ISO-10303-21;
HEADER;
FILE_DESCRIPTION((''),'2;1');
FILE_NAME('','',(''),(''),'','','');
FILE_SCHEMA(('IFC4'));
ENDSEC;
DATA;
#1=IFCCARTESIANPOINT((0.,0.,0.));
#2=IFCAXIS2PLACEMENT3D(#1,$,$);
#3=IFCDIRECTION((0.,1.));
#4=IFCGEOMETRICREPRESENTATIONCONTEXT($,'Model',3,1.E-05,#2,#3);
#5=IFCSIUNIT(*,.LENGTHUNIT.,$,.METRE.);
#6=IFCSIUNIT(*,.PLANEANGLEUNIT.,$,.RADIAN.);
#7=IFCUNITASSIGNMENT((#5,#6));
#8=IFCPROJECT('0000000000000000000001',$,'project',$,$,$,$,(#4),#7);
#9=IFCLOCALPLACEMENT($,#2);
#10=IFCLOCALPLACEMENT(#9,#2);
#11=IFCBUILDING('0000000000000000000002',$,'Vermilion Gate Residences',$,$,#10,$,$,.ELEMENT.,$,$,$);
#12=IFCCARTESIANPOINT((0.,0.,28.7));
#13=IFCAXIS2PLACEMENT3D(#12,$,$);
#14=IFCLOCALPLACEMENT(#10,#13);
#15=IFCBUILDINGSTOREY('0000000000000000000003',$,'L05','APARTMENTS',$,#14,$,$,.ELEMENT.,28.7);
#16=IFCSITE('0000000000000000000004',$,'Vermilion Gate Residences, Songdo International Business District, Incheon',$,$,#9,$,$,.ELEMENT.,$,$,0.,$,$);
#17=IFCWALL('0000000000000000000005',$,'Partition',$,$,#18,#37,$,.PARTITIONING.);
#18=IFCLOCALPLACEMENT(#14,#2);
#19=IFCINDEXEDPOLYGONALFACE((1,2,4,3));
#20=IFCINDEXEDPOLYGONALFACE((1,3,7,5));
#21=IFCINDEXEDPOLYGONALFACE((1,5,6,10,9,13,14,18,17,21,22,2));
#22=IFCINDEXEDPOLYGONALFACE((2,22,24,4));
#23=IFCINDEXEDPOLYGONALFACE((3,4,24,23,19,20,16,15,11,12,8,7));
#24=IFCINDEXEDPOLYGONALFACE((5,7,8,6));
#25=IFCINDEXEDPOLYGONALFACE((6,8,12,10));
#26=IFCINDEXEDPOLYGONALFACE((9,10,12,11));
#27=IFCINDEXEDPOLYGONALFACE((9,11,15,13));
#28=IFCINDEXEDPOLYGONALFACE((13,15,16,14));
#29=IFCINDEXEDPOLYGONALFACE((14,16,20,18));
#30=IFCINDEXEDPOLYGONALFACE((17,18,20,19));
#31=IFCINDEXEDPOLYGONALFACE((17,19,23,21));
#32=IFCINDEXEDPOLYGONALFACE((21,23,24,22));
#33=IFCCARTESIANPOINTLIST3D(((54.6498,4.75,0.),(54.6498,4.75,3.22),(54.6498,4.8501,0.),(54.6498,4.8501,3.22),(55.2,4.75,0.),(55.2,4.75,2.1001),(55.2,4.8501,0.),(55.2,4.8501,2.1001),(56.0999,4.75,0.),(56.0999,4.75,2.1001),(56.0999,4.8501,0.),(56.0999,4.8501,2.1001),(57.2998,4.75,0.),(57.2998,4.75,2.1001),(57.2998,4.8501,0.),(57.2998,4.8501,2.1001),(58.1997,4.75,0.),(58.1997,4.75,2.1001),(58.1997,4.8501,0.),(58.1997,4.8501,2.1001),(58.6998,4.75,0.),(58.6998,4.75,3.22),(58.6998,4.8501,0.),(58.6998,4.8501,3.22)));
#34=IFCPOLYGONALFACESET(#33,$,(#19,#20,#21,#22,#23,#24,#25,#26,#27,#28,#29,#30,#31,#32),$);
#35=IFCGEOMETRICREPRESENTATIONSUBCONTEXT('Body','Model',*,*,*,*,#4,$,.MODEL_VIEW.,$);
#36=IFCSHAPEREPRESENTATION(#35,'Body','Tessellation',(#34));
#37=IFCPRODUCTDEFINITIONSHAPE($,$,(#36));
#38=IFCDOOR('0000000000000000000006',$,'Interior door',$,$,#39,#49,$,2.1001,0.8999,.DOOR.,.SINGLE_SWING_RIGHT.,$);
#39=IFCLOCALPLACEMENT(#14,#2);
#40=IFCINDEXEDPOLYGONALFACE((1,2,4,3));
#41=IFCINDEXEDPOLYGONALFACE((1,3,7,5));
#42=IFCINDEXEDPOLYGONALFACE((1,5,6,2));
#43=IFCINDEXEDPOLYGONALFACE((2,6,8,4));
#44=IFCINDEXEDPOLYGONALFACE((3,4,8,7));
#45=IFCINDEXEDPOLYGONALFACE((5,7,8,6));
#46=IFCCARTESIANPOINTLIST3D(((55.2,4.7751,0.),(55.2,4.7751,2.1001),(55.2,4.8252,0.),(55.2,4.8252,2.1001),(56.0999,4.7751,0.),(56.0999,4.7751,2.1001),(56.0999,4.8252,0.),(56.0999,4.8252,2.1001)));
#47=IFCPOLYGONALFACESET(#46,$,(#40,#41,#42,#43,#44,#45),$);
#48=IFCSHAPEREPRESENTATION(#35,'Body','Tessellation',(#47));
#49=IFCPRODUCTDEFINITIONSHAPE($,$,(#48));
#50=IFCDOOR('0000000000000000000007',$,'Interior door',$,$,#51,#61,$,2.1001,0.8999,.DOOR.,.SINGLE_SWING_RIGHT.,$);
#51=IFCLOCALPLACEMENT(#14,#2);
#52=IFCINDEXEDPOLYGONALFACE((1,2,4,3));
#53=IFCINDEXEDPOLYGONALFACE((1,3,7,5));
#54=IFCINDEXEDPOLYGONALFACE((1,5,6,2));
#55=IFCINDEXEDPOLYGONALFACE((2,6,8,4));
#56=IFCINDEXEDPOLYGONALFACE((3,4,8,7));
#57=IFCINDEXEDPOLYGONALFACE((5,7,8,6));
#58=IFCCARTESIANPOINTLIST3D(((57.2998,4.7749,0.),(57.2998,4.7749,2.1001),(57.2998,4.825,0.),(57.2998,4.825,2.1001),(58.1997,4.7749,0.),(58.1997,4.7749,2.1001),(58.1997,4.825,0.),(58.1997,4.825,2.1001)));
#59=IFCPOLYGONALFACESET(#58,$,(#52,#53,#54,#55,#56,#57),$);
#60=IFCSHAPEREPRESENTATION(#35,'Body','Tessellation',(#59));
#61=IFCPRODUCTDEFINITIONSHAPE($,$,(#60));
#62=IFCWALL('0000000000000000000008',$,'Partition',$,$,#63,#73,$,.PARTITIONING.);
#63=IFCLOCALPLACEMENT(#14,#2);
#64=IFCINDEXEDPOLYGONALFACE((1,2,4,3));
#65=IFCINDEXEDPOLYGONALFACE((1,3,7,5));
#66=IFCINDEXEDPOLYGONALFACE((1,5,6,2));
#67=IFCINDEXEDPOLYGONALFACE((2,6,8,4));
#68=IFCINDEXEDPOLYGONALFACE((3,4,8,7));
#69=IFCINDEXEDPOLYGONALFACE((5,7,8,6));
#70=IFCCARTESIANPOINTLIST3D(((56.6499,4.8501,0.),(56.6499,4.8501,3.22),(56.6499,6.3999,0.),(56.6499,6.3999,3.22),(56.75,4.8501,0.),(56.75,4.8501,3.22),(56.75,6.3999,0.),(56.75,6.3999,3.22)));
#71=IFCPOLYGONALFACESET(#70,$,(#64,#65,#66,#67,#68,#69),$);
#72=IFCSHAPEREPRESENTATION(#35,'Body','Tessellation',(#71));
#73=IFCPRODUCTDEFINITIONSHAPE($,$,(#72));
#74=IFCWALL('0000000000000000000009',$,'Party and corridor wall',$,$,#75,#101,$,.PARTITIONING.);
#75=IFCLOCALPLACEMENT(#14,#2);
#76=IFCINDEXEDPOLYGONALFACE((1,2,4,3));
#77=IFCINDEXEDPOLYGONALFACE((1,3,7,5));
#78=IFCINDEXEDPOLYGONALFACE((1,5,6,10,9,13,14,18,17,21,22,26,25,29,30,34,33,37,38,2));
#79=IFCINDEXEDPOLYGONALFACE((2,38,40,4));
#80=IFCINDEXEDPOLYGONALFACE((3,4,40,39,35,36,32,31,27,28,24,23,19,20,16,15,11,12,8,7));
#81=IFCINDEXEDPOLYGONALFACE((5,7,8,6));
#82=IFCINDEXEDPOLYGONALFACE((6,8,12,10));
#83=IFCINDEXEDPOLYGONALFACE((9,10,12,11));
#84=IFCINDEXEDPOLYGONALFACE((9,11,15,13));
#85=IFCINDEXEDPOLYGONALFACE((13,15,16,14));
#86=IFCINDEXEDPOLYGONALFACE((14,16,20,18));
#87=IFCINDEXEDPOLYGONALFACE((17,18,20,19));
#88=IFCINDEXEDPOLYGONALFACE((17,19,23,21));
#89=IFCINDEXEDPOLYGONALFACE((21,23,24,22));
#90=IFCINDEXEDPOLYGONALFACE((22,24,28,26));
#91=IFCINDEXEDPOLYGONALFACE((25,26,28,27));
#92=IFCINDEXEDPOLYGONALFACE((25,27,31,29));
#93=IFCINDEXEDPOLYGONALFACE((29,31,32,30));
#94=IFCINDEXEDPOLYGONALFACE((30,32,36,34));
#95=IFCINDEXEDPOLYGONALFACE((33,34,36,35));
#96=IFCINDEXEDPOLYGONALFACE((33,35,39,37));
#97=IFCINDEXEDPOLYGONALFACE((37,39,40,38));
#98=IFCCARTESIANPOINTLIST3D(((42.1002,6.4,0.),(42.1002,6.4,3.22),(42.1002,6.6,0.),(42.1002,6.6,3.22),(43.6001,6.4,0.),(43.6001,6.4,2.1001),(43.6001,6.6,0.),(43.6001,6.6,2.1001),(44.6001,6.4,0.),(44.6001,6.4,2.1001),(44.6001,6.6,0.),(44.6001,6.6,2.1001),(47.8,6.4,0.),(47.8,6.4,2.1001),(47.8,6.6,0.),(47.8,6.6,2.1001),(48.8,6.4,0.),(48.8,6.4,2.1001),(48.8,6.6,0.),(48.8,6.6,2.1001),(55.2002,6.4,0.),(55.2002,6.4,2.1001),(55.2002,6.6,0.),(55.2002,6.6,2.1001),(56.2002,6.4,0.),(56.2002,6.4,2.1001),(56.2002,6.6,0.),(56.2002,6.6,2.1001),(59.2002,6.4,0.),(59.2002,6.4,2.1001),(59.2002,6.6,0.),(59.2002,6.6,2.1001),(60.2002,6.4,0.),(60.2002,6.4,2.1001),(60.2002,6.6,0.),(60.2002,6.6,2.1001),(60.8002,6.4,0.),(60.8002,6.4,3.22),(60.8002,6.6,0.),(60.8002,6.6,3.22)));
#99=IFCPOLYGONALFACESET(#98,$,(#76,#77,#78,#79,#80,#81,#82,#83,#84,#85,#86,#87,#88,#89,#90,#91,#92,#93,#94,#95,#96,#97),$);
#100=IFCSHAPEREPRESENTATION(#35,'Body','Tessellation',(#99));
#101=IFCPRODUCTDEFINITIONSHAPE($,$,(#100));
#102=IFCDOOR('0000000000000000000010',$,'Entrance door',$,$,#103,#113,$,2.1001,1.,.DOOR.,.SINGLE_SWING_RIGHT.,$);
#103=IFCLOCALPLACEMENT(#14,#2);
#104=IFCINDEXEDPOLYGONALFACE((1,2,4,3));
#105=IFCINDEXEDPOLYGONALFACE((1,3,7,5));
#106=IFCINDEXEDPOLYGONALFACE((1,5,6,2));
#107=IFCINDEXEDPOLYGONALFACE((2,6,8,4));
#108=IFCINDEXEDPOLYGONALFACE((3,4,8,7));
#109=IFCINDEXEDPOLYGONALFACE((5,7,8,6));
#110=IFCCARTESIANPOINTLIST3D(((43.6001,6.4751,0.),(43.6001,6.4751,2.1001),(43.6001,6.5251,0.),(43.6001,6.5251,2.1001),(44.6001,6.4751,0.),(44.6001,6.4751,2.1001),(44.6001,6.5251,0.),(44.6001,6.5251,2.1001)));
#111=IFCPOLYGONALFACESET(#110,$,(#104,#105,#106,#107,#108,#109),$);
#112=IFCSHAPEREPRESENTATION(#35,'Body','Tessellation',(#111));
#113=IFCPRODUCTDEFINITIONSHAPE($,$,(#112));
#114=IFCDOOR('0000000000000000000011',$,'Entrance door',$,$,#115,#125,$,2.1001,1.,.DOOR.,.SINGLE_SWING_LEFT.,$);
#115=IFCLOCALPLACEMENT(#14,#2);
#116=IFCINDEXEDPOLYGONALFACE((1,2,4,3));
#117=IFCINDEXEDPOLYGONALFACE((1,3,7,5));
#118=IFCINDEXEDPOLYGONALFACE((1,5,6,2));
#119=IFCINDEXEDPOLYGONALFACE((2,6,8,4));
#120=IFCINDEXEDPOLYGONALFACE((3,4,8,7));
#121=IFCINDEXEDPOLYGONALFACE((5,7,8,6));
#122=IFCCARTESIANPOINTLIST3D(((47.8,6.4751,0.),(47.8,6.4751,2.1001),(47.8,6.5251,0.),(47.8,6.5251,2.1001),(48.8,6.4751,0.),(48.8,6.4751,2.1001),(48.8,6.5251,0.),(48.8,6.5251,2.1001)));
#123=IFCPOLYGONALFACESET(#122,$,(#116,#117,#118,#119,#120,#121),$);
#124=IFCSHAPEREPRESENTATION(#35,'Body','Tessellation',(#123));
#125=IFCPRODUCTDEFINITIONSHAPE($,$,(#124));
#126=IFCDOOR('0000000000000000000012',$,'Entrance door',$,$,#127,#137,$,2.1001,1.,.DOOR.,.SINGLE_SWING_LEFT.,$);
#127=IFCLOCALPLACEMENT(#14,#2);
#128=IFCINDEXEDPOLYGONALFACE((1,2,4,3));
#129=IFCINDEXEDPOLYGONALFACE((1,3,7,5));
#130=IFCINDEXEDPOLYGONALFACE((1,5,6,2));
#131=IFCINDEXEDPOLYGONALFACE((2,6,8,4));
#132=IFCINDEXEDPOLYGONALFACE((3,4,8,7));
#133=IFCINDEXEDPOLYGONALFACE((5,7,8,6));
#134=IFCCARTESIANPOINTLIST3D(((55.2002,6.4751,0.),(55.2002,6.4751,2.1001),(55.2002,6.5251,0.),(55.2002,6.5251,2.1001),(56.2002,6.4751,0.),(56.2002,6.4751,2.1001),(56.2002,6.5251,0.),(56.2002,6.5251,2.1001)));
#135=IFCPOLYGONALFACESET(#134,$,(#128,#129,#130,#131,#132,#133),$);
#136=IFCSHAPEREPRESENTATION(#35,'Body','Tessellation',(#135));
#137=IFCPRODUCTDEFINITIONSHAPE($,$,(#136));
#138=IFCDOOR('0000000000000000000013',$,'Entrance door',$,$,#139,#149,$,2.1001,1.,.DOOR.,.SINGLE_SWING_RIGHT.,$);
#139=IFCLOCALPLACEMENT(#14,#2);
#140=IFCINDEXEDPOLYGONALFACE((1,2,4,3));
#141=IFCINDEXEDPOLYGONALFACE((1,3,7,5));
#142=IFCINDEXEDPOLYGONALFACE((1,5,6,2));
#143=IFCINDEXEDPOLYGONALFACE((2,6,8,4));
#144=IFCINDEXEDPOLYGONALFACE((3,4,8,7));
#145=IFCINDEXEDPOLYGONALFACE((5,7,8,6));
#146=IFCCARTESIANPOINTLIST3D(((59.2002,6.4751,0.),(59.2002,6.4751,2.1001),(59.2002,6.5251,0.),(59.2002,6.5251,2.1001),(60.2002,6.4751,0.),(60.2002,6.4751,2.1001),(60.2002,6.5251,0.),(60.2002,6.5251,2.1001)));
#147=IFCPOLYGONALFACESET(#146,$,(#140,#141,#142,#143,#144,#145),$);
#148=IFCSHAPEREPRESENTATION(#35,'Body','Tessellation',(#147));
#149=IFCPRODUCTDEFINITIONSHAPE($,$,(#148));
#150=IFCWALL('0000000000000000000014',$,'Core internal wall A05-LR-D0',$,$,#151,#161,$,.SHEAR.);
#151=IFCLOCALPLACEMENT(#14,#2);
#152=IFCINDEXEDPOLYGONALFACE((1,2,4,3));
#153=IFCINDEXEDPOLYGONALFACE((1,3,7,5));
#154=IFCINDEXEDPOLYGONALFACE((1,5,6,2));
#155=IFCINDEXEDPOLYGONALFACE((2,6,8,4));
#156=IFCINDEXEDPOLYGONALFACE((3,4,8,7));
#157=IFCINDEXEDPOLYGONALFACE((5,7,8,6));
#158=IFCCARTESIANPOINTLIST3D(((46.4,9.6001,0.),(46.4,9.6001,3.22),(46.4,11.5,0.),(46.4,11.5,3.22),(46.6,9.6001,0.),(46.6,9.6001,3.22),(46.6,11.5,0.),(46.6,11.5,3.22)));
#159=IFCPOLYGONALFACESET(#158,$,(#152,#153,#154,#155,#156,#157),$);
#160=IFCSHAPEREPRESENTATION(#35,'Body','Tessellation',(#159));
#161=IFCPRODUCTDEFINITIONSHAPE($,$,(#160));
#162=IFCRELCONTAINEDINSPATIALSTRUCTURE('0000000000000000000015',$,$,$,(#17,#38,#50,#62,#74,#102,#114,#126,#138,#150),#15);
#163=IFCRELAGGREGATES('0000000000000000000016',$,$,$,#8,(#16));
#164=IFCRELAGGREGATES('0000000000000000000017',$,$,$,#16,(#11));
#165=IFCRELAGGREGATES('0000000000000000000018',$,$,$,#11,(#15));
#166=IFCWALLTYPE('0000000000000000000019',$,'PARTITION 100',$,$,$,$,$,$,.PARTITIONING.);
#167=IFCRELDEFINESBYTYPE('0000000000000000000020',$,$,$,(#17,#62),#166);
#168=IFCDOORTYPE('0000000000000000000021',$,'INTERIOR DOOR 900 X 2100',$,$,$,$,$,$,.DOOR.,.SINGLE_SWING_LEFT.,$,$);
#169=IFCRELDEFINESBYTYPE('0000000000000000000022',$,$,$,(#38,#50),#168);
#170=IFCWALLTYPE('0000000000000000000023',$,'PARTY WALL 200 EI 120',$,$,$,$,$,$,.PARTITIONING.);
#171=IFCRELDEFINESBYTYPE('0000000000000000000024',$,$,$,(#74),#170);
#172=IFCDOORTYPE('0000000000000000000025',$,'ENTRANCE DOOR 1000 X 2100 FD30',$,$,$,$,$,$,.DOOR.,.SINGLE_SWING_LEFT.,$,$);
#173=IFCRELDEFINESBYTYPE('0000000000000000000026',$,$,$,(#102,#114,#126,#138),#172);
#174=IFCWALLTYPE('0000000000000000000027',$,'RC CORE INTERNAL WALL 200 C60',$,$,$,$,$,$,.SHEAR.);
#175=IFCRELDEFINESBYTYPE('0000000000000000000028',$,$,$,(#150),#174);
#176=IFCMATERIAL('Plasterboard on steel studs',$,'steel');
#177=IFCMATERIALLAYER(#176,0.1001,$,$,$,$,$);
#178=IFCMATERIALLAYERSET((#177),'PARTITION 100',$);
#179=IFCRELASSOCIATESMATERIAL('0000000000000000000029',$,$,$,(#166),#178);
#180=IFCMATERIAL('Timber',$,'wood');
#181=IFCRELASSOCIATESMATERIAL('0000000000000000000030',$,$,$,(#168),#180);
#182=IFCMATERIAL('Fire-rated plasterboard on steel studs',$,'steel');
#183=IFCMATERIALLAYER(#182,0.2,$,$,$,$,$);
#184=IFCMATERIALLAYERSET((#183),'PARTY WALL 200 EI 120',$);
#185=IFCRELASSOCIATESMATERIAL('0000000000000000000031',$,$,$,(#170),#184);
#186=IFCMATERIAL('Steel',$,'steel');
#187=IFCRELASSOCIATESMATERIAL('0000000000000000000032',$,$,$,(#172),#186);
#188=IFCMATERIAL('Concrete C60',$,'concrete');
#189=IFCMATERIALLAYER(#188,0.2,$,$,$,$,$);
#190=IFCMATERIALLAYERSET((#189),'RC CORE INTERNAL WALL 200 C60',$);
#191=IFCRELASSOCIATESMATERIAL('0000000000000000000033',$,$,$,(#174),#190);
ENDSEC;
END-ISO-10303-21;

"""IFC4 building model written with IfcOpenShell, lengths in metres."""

from ifc_helpers import new_model, si_unit, direction, frame, frame_2d, origin, place, context, subcontext, project, spatial, rectangle, extrude, material, layer, layer_set, type_object, element, fill, save


model = new_model("IFC4")

# Units and contexts
model_context = context("Model", 3, precision=1e-05, world=origin(), true_north=direction((0.0, 1.0)))
body_context = subcontext(model_context, "Body", "Model", "MODEL_VIEW")
ifc_project = project(units=[si_unit("LENGTHUNIT", "METRE"), si_unit("PLANEANGLEUNIT", "RADIAN")], contexts=[model_context])

# Site, building, storey
site_placement = place(None, origin())
site = spatial("IfcSite", under=ifc_project, at=site_placement, Name="Vermilion Gate Residences, Songdo International Business District, Incheon", CompositionType="ELEMENT", RefElevation=0.0)
building_placement = place(site_placement, origin())
building = spatial("IfcBuilding", under=site, at=building_placement, Name="Vermilion Gate Residences", CompositionType="ELEMENT")
storey_placement = place(building_placement, frame((0.0, 0.0, 28.7)))
storey = spatial("IfcBuildingStorey", under=building, at=storey_placement, Name="L05", Description="APARTMENTS", CompositionType="ELEMENT", Elevation=28.7)

# Wall, openings, doors
ifc_material_1 = material(Name="Plasterboard on steel studs", Category="steel")
ifc_layer_1 = layer(ifc_material_1, 0.1001)
ifc_layer_set_1 = layer_set([ifc_layer_1], Name="PARTITION 100")
wall_type_1 = type_object("IfcWallType", Name="PARTITION 100", PredefinedType="PARTITIONING", material=ifc_layer_set_1)
wall_1_placement = place(storey_placement, frame((54.6499, 4.8, 0.0), z_axis=(0.0, 0.0, 1.0), x_axis=(1.0, 0.0, 0.0)))
wall_1 = element("IfcWall", 1, at=wall_1_placement, inside=storey, type_object=wall_type_1, Name="Partition", PredefinedType="PARTITIONING", context=body_context, shape_type="SweptSolid", body=[
    extrude(rectangle(XDim=4.05, YDim=0.1001, at=frame_2d((2.0249, 0.0))), origin(), (0.0, 0.0, 1.0), 3.22),
])
opening_1_placement = place(wall_1_placement, frame((0.55, 0.0, 0.0)))
opening_1 = element("IfcOpeningElement", 2, at=opening_1_placement, cuts=wall_1, PredefinedType="OPENING", context=body_context, shape_type="SweptSolid", body=[
    extrude(rectangle(XDim=0.8999, YDim=2.1001, at=frame_2d((0.45, 1.05))), frame((0.0, 0.0601, 0.0), z_axis=(0.0, -1.0, 0.0), x_axis=(1.0, 0.0, 0.0)), (0.0, 0.0, 1.0), 0.1201),
])
opening_2_placement = place(wall_1_placement, frame((2.6499, 0.0, 0.0)))
opening_2 = element("IfcOpeningElement", 3, at=opening_2_placement, cuts=wall_1, PredefinedType="OPENING", context=body_context, shape_type="SweptSolid", body=[
    extrude(rectangle(XDim=0.8999, YDim=2.1001, at=frame_2d((0.45, 1.05))), frame((0.0, 0.0601, 0.0), z_axis=(0.0, -1.0, 0.0), x_axis=(1.0, 0.0, 0.0)), (0.0, 0.0, 1.0), 0.1201),
])
ifc_material_2 = material(Name="Timber", Category="wood")
door_type_1 = type_object("IfcDoorType", Name="INTERIOR DOOR 900 X 2100", OperationType="SINGLE_SWING_LEFT", PredefinedType="DOOR", material=ifc_material_2)
door_1_placement = place(opening_1_placement, frame((0.8999, 0.0, 0.0), z_axis=(0.0, 0.0, 1.0), x_axis=(-1.0, 0.0, 0.0)))
door_1 = element("IfcDoor", 4, at=door_1_placement, inside=storey, type_object=door_type_1, Name="Interior door", OperationType="SINGLE_SWING_RIGHT", OverallHeight=2.1001, OverallWidth=0.8999, PredefinedType="DOOR", context=body_context, shape_type="SweptSolid", body=[
    extrude(rectangle(XDim=0.8999, YDim=2.1001, at=frame_2d((0.45, 1.05))), frame((0.0, 0.0249, 0.0), z_axis=(0.0, -1.0, 0.0), x_axis=(1.0, 0.0, 0.0)), (0.0, 0.0, 1.0), 0.05),
])
fill(opening_1, door_1)
door_2_placement = place(opening_2_placement, origin())
door_2 = element("IfcDoor", 5, at=door_2_placement, inside=storey, type_object=door_type_1, Name="Interior door", OperationType="SINGLE_SWING_RIGHT", OverallHeight=2.1001, OverallWidth=0.8999, PredefinedType="DOOR", context=body_context, shape_type="SweptSolid", body=[
    extrude(rectangle(XDim=0.8999, YDim=2.1001, at=frame_2d((0.45, 1.05))), frame((0.0, 0.0249, 0.0), z_axis=(0.0, -1.0, 0.0), x_axis=(1.0, 0.0, 0.0)), (0.0, 0.0, 1.0), 0.05),
])
fill(opening_2, door_2)

# Wall
wall_2_placement = place(storey_placement, frame((56.7, 4.8501, 0.0), z_axis=(0.0, 0.0, 1.0), x_axis=(0.0, 1.0, 0.0)))
element("IfcWall", 6, at=wall_2_placement, inside=storey, type_object=wall_type_1, Name="Partition", PredefinedType="PARTITIONING", context=body_context, shape_type="SweptSolid", body=[
    extrude(rectangle(XDim=1.5498, YDim=0.1001, at=frame_2d((0.7749, 0.0))), origin(), (0.0, 0.0, 1.0), 3.22),
])

# Wall, openings, doors
ifc_material_3 = material(Name="Fire-rated plasterboard on steel studs", Category="steel")
ifc_layer_2 = layer(ifc_material_3, 0.2)
ifc_layer_set_2 = layer_set([ifc_layer_2], Name="PARTY WALL 200 EI 120")
wall_type_2 = type_object("IfcWallType", Name="PARTY WALL 200 EI 120", PredefinedType="PARTITIONING", material=ifc_layer_set_2)
wall_3_placement = place(storey_placement, frame((42.1001, 6.5, 0.0), z_axis=(0.0, 0.0, 1.0), x_axis=(1.0, 0.0, 0.0)))
wall_3 = element("IfcWall", 7, at=wall_3_placement, inside=storey, type_object=wall_type_2, Name="Party and corridor wall", PredefinedType="PARTITIONING", context=body_context, shape_type="SweptSolid", body=[
    extrude(rectangle(XDim=18.7, YDim=0.2, at=frame_2d((9.3501, 0.0))), origin(), (0.0, 0.0, 1.0), 3.22),
])
opening_3_placement = place(wall_3_placement, frame((1.5, 0.0, 0.0)))
opening_3 = element("IfcOpeningElement", 8, at=opening_3_placement, cuts=wall_3, PredefinedType="OPENING", context=body_context, shape_type="SweptSolid", body=[
    extrude(rectangle(XDim=1.0, YDim=2.1001, at=frame_2d((0.5, 1.05))), frame((0.0, 0.1099, 0.0), z_axis=(0.0, -1.0, 0.0), x_axis=(1.0, 0.0, 0.0)), (0.0, 0.0, 1.0), 0.22),
])
opening_4_placement = place(wall_3_placement, frame((5.7, 0.0, 0.0)))
opening_4 = element("IfcOpeningElement", 9, at=opening_4_placement, cuts=wall_3, PredefinedType="OPENING", context=body_context, shape_type="SweptSolid", body=[
    extrude(rectangle(XDim=1.0, YDim=2.1001, at=frame_2d((0.5, 1.05))), frame((0.0, 0.1099, 0.0), z_axis=(0.0, -1.0, 0.0), x_axis=(1.0, 0.0, 0.0)), (0.0, 0.0, 1.0), 0.22),
])
opening_5_placement = place(wall_3_placement, frame((13.1001, 0.0, 0.0)))
opening_5 = element("IfcOpeningElement", 10, at=opening_5_placement, cuts=wall_3, PredefinedType="OPENING", context=body_context, shape_type="SweptSolid", body=[
    extrude(rectangle(XDim=1.0, YDim=2.1001, at=frame_2d((0.5, 1.05))), frame((0.0, 0.1099, 0.0), z_axis=(0.0, -1.0, 0.0), x_axis=(1.0, 0.0, 0.0)), (0.0, 0.0, 1.0), 0.22),
])
opening_6_placement = place(wall_3_placement, frame((17.1001, 0.0, 0.0)))
opening_6 = element("IfcOpeningElement", 11, at=opening_6_placement, cuts=wall_3, PredefinedType="OPENING", context=body_context, shape_type="SweptSolid", body=[
    extrude(rectangle(XDim=1.0, YDim=2.1001, at=frame_2d((0.5, 1.05))), frame((0.0, 0.1099, 0.0), z_axis=(0.0, -1.0, 0.0), x_axis=(1.0, 0.0, 0.0)), (0.0, 0.0, 1.0), 0.22),
])
ifc_material_4 = material(Name="Steel", Category="steel")
door_type_2 = type_object("IfcDoorType", Name="ENTRANCE DOOR 1000 X 2100 FD30", OperationType="SINGLE_SWING_LEFT", PredefinedType="DOOR", material=ifc_material_4)
door_3_placement = place(opening_3_placement, frame((1.0, 0.0, 0.0), z_axis=(0.0, 0.0, 1.0), x_axis=(-1.0, 0.0, 0.0)))
door_3 = element("IfcDoor", 12, at=door_3_placement, inside=storey, type_object=door_type_2, Name="Entrance door", OperationType="SINGLE_SWING_RIGHT", OverallHeight=2.1001, OverallWidth=1.0, PredefinedType="DOOR", context=body_context, shape_type="SweptSolid", body=[
    extrude(rectangle(XDim=1.0, YDim=2.1001, at=frame_2d((0.5, 1.05))), frame((0.0, 0.0249, 0.0), z_axis=(0.0, -1.0, 0.0), x_axis=(1.0, 0.0, 0.0)), (0.0, 0.0, 1.0), 0.05),
])
fill(opening_3, door_3)
door_4_placement = place(opening_4_placement, frame((1.0, 0.0, 0.0), z_axis=(0.0, 0.0, 1.0), x_axis=(-1.0, 0.0, 0.0)))
door_4 = element("IfcDoor", 13, at=door_4_placement, inside=storey, type_object=door_type_2, Name="Entrance door", OperationType="SINGLE_SWING_LEFT", OverallHeight=2.1001, OverallWidth=1.0, PredefinedType="DOOR", context=body_context, shape_type="SweptSolid", body=[
    extrude(rectangle(XDim=1.0, YDim=2.1001, at=frame_2d((0.5, 1.05))), frame((0.0, 0.0249, 0.0), z_axis=(0.0, -1.0, 0.0), x_axis=(1.0, 0.0, 0.0)), (0.0, 0.0, 1.0), 0.05),
])
fill(opening_4, door_4)
door_5_placement = place(opening_5_placement, frame((1.0, 0.0, 0.0), z_axis=(0.0, 0.0, 1.0), x_axis=(-1.0, 0.0, 0.0)))
door_5 = element("IfcDoor", 14, at=door_5_placement, inside=storey, type_object=door_type_2, Name="Entrance door", OperationType="SINGLE_SWING_LEFT", OverallHeight=2.1001, OverallWidth=1.0, PredefinedType="DOOR", context=body_context, shape_type="SweptSolid", body=[
    extrude(rectangle(XDim=1.0, YDim=2.1001, at=frame_2d((0.5, 1.05))), frame((0.0, 0.0249, 0.0), z_axis=(0.0, -1.0, 0.0), x_axis=(1.0, 0.0, 0.0)), (0.0, 0.0, 1.0), 0.05),
])
fill(opening_5, door_5)
door_6_placement = place(opening_6_placement, frame((1.0, 0.0, 0.0), z_axis=(0.0, 0.0, 1.0), x_axis=(-1.0, 0.0, 0.0)))
door_6 = element("IfcDoor", 15, at=door_6_placement, inside=storey, type_object=door_type_2, Name="Entrance door", OperationType="SINGLE_SWING_RIGHT", OverallHeight=2.1001, OverallWidth=1.0, PredefinedType="DOOR", context=body_context, shape_type="SweptSolid", body=[
    extrude(rectangle(XDim=1.0, YDim=2.1001, at=frame_2d((0.5, 1.05))), frame((0.0, 0.0249, 0.0), z_axis=(0.0, -1.0, 0.0), x_axis=(1.0, 0.0, 0.0)), (0.0, 0.0, 1.0), 0.05),
])
fill(opening_6, door_6)

# Wall
ifc_material_5 = material(Name="Concrete C60", Category="concrete")
ifc_layer_3 = layer(ifc_material_5, 0.2)
ifc_layer_set_3 = layer_set([ifc_layer_3], Name="RC CORE INTERNAL WALL 200 C60")
wall_type_3 = type_object("IfcWallType", Name="RC CORE INTERNAL WALL 200 C60", PredefinedType="SHEAR", material=ifc_layer_set_3)
for number, where, z_axis, x_axis, name in (
    (16, (46.5, 9.6001, 0.0), (0.0, 0.0, 1.0), (0.0, 1.0, 0.0), "Core internal wall A05-LR-D0"),
):
    element("IfcWall", number, at=place(storey_placement, frame(where, z_axis=z_axis, x_axis=x_axis)), inside=storey, type_object=wall_type_3, Name=name, PredefinedType="SHEAR", context=body_context, shape_type="SweptSolid", body=[
        extrude(rectangle(XDim=1.8999, YDim=0.2, at=frame_2d((0.95, 0.0))), origin(), (0.0, 0.0, 1.0), 3.22),
    ])

save(model, "model.ifc")
